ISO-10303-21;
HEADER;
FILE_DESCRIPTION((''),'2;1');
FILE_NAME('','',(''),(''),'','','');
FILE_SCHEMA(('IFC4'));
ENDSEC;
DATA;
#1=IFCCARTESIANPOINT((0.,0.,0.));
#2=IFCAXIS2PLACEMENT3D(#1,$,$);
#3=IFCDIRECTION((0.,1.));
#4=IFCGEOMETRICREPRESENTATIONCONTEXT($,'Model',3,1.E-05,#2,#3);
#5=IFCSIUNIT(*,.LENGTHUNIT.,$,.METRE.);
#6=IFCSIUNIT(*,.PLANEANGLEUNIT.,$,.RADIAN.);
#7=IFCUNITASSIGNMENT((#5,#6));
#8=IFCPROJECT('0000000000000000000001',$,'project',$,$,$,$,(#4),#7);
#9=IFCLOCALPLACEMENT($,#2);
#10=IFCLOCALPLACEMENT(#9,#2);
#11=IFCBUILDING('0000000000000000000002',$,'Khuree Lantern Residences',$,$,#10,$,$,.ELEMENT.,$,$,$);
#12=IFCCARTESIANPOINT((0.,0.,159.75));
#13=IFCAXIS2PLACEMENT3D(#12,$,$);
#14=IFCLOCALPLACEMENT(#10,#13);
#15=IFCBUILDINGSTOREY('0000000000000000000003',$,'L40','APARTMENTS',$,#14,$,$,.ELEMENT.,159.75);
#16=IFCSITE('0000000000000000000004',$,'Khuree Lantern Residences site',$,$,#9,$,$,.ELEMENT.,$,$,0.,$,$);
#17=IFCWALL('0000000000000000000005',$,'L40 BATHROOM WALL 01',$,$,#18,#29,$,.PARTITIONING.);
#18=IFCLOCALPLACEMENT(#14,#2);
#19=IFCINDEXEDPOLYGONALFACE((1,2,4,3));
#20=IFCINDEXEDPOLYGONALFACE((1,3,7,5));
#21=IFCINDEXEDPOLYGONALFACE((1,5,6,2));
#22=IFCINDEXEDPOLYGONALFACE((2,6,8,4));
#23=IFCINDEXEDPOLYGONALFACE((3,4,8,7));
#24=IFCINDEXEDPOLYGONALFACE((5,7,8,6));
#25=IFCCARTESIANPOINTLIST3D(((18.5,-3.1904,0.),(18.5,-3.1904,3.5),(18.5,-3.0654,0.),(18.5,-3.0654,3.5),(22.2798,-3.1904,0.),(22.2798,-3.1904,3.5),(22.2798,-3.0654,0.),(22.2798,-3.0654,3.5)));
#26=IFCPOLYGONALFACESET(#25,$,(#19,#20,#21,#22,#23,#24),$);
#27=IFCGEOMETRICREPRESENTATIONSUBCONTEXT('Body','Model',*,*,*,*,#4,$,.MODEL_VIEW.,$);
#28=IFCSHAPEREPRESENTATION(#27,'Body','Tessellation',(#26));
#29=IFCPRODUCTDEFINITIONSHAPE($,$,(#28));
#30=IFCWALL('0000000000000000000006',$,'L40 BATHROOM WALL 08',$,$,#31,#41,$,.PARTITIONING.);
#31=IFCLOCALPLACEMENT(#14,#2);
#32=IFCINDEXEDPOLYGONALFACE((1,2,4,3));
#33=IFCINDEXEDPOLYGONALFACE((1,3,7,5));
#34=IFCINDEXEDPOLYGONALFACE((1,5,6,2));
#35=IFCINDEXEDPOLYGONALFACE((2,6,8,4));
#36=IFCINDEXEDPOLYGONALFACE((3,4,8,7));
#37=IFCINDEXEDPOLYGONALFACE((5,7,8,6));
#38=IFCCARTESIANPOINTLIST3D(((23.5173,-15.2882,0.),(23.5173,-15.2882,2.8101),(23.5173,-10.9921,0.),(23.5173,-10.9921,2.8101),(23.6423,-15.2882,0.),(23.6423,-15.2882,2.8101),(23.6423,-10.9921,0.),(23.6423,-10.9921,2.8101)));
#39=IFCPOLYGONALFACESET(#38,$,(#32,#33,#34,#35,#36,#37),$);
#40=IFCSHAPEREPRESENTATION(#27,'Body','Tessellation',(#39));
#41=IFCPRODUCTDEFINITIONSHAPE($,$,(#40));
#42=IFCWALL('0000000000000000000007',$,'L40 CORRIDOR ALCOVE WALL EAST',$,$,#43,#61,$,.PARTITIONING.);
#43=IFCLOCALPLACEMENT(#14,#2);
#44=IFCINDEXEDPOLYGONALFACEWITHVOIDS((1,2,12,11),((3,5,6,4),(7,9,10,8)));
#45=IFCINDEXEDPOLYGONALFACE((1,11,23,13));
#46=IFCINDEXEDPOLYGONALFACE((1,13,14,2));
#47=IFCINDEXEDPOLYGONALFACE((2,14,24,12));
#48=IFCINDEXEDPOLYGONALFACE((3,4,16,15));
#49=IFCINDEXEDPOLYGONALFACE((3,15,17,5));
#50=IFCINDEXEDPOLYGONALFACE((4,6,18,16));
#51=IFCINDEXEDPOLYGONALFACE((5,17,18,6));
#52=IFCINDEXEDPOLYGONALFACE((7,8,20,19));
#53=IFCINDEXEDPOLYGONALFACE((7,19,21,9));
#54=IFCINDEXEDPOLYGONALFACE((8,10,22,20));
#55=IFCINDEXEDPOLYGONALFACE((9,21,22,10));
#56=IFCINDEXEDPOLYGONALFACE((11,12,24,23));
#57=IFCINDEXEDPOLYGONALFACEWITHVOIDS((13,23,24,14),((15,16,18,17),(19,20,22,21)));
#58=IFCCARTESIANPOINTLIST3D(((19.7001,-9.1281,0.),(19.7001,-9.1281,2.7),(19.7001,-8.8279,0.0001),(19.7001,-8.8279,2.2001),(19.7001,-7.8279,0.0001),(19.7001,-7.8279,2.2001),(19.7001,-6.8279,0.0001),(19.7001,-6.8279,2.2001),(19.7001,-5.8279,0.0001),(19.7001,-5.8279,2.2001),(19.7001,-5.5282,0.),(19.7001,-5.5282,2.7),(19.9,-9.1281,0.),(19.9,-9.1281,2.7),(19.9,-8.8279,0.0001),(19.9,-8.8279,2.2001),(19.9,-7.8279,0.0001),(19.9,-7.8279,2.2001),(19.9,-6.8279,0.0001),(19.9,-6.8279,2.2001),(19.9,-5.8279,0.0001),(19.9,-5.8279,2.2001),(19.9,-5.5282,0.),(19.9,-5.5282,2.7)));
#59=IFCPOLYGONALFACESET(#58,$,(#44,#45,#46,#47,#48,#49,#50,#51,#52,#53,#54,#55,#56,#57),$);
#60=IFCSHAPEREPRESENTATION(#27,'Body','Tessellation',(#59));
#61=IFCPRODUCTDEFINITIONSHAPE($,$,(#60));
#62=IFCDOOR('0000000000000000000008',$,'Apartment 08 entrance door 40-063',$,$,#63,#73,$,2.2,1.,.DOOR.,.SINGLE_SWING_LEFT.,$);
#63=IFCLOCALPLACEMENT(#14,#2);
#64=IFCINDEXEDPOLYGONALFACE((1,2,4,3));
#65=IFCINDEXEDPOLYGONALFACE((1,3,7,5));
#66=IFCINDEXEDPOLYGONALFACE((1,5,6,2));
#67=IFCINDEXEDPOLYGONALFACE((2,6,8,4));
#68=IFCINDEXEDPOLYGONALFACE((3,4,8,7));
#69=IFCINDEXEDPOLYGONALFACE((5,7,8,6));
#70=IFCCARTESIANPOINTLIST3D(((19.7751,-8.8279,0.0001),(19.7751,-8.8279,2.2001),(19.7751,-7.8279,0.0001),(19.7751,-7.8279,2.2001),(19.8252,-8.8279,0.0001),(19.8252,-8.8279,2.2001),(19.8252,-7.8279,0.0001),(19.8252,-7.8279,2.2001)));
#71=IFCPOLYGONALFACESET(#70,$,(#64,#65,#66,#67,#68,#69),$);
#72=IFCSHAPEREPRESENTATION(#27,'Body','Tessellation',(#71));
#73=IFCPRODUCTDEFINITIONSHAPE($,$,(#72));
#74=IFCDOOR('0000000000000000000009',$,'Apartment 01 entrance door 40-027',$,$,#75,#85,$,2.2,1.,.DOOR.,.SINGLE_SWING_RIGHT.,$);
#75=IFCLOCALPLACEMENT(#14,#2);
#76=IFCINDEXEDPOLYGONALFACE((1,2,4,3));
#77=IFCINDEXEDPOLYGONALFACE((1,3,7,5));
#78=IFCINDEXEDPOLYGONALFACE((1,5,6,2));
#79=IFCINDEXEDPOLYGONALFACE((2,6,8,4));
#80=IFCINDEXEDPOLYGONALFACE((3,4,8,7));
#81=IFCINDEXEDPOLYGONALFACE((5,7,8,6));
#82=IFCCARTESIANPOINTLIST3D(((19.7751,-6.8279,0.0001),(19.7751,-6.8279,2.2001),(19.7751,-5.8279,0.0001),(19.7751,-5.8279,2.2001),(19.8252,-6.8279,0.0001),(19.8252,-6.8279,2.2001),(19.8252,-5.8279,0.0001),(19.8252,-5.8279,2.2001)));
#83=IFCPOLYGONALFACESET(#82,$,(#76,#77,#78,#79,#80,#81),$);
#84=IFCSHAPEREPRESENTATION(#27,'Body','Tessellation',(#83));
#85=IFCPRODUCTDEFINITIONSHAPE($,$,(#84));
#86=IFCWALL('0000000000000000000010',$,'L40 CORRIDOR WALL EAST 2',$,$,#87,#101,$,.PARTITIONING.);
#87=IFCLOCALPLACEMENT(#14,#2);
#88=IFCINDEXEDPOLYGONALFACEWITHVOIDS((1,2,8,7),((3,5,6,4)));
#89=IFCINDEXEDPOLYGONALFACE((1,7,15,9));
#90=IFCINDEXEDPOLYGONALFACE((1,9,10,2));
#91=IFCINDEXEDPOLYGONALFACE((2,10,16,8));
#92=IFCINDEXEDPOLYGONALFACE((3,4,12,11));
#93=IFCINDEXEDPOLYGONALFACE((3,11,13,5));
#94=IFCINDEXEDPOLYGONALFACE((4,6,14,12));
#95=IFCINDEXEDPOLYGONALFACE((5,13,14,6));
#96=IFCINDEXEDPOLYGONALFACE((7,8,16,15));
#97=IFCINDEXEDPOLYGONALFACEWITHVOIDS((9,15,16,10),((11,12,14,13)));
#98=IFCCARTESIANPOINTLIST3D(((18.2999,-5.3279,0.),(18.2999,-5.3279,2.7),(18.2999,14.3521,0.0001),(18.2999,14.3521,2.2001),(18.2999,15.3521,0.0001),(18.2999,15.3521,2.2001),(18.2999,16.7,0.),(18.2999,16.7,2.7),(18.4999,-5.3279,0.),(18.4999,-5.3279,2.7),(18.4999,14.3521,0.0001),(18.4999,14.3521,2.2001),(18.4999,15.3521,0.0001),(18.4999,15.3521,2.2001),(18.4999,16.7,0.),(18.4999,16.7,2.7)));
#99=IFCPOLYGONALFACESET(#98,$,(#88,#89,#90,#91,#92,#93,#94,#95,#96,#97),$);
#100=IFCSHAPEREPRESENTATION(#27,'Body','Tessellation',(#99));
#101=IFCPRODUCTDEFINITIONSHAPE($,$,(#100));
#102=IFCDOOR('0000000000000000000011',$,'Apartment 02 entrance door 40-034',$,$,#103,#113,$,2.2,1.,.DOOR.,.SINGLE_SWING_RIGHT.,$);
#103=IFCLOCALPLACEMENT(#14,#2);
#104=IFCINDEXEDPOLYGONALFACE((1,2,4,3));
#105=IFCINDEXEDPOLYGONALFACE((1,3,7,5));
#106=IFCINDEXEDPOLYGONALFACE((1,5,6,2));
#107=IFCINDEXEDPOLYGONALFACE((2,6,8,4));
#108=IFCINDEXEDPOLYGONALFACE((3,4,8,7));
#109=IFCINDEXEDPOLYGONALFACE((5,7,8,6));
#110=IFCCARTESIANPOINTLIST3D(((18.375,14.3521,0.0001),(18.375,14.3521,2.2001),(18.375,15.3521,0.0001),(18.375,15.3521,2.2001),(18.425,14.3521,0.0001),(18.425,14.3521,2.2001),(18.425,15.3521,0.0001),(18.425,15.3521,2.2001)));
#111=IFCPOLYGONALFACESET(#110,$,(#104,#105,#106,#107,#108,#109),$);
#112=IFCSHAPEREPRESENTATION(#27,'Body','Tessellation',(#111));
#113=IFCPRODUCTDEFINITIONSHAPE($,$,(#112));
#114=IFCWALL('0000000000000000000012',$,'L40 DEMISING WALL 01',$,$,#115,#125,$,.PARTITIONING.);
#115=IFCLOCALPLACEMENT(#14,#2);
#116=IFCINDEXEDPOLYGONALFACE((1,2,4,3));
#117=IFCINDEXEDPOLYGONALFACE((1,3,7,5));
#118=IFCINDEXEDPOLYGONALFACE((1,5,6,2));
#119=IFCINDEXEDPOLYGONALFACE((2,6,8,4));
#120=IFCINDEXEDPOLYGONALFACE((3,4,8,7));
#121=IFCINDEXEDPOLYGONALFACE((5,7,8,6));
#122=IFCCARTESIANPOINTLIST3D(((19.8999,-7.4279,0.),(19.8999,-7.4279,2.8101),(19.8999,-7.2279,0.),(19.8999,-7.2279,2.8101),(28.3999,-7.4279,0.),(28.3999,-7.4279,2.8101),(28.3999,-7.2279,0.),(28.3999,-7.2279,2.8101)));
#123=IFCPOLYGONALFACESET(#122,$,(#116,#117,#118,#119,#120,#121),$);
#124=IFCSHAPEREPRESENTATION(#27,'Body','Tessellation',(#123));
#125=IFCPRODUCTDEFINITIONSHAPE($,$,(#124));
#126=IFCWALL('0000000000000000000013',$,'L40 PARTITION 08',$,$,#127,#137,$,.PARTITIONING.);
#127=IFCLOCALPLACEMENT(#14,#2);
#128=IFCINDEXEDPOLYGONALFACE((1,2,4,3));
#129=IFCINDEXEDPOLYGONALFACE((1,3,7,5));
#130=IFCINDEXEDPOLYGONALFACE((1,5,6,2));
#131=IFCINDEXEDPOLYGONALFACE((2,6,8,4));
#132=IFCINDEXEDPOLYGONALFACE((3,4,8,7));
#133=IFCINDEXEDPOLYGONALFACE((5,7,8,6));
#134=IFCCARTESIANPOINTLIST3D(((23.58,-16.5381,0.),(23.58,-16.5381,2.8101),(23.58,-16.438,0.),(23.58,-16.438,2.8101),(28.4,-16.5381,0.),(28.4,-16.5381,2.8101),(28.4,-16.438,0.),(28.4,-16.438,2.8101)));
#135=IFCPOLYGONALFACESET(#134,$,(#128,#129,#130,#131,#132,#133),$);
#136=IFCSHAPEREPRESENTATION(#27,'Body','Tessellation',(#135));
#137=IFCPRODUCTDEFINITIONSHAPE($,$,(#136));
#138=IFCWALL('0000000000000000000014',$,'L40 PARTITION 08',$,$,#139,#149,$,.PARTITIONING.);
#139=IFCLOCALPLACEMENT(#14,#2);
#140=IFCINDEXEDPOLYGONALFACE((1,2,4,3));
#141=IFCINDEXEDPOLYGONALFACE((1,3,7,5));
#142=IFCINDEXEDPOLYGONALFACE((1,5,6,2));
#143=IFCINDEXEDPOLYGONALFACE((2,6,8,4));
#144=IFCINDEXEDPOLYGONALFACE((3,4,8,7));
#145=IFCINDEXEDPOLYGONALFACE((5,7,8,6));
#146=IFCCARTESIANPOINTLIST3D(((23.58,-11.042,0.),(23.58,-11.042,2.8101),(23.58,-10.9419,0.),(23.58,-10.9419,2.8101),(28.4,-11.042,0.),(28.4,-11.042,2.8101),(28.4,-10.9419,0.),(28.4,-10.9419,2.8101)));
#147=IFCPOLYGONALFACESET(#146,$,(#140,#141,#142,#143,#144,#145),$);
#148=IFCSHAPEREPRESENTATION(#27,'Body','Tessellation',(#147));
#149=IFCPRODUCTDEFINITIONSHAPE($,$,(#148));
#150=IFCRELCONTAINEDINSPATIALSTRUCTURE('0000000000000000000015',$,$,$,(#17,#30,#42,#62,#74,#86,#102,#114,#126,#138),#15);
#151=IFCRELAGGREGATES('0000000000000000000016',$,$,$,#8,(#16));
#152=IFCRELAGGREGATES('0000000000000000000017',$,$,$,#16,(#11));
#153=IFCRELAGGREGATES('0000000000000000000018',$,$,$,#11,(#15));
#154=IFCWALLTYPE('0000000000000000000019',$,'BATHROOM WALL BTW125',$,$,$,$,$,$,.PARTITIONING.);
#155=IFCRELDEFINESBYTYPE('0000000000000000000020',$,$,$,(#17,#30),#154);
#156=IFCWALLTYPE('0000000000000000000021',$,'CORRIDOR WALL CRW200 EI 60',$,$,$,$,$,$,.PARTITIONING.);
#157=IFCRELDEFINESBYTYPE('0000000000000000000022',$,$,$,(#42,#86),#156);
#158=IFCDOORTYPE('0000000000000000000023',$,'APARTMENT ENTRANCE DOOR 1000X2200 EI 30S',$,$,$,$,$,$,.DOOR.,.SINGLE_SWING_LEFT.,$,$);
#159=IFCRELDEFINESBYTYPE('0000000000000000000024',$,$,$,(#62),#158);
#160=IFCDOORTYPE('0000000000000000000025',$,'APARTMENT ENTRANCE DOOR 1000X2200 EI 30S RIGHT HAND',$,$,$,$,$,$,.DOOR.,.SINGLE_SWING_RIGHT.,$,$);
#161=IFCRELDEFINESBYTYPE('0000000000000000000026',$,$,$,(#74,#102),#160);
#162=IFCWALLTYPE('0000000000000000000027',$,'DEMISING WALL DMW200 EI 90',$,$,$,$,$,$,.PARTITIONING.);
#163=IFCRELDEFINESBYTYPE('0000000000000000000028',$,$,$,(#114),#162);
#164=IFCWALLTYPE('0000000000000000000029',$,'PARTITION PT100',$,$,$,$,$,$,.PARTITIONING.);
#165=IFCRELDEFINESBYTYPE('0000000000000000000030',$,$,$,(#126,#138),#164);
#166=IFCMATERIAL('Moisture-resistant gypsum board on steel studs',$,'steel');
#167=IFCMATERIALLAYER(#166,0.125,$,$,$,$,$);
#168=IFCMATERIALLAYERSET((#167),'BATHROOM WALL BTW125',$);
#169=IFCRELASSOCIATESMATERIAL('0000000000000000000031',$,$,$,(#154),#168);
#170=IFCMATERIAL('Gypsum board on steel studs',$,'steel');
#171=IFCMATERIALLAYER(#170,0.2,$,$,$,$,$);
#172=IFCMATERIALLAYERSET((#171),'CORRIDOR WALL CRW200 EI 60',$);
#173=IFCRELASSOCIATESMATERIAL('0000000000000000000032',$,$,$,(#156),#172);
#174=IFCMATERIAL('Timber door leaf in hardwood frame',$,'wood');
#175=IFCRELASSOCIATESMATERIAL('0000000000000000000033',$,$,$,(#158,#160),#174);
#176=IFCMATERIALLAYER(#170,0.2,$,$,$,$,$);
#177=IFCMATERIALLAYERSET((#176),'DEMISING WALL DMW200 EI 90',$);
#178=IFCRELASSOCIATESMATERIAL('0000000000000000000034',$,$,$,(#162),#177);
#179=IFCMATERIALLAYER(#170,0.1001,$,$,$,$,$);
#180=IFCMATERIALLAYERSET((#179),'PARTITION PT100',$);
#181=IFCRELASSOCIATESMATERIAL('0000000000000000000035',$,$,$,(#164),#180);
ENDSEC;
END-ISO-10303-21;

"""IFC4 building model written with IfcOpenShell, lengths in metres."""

from ifc_helpers import new_model, si_unit, direction, frame, frame_2d, origin, place, context, subcontext, project, spatial, rectangle, extrude, material, layer, layer_set, type_object, element, fill, save


model = new_model("IFC4")

# Units and contexts
model_context = context("Model", 3, precision=1e-05, world=origin(), true_north=direction((0.0, 1.0)))
body_context = subcontext(model_context, "Body", "Model", "MODEL_VIEW")
ifc_project = project(units=[si_unit("LENGTHUNIT", "METRE"), si_unit("PLANEANGLEUNIT", "RADIAN")], contexts=[model_context])

# Site, building, storey
site_placement = place(None, origin())
site = spatial("IfcSite", under=ifc_project, at=site_placement, Name="Khuree Lantern Residences site", CompositionType="ELEMENT", RefElevation=0.0)
building_placement = place(site_placement, origin())
building = spatial("IfcBuilding", under=site, at=building_placement, Name="Khuree Lantern Residences", CompositionType="ELEMENT")
storey_placement = place(building_placement, frame((0.0, 0.0, 159.75)))
storey = spatial("IfcBuildingStorey", under=building, at=storey_placement, Name="L40", Description="APARTMENTS", CompositionType="ELEMENT", Elevation=159.75)

# Shared definitions
ifc_material_1 = material(Name="Moisture-resistant gypsum board on steel studs", Category="steel")
ifc_layer_1 = layer(ifc_material_1, 0.125)
ifc_layer_set_1 = layer_set([ifc_layer_1], Name="BATHROOM WALL BTW125")
wall_type_1 = type_object("IfcWallType", Name="BATHROOM WALL BTW125", PredefinedType="PARTITIONING", material=ifc_layer_set_1)
ifc_material_2 = material(Name="Timber door leaf in hardwood frame", Category="wood")

# Walls
wall_1_placement = place(storey_placement, frame((18.5, -3.1279, 0.0), z_axis=(0.0, 0.0, 1.0), x_axis=(1.0, 0.0, 0.0)))
element("IfcWall", 1, at=wall_1_placement, inside=storey, type_object=wall_type_1, Name="L40 BATHROOM WALL 01", PredefinedType="PARTITIONING", context=body_context, shape_type="SweptSolid", body=[
    extrude(rectangle(XDim=3.7798, YDim=0.125, at=frame_2d((1.8899, 0.0))), origin(), (0.0, 0.0, 1.0), 3.5),
])
wall_2_placement = place(storey_placement, frame((23.5798, -15.2881, 0.0), z_axis=(0.0, 0.0, 1.0), x_axis=(0.0, 1.0, 0.0)))
element("IfcWall", 2, at=wall_2_placement, inside=storey, type_object=wall_type_1, Name="L40 BATHROOM WALL 08", PredefinedType="PARTITIONING", context=body_context, shape_type="SweptSolid", body=[
    extrude(rectangle(XDim=4.2961, YDim=0.125, at=frame_2d((2.1479, 0.0))), origin(), (0.0, 0.0, 1.0), 2.8101),
])

# Wall, openings, doors
ifc_material_3 = material(Name="Gypsum board on steel studs", Category="steel")
ifc_layer_2 = layer(ifc_material_3, 0.2)
ifc_layer_set_2 = layer_set([ifc_layer_2], Name="CORRIDOR WALL CRW200 EI 60")
wall_type_2 = type_object("IfcWallType", Name="CORRIDOR WALL CRW200 EI 60", PredefinedType="PARTITIONING", material=ifc_layer_set_2)
wall_3_placement = place(storey_placement, frame((19.8, -9.1279, 0.0), z_axis=(0.0, 0.0, 1.0), x_axis=(0.0, 1.0, 0.0)))
wall_3 = element("IfcWall", 3, at=wall_3_placement, inside=storey, type_object=wall_type_2, Name="L40 CORRIDOR ALCOVE WALL EAST", PredefinedType="PARTITIONING", context=body_context, shape_type="SweptSolid", body=[
    extrude(rectangle(XDim=3.5999, YDim=0.2, at=frame_2d((1.7998, 0.0))), origin(), (0.0, 0.0, 1.0), 2.7),
])
opening_1_placement = place(wall_3_placement, frame((2.3, 0.0, 0.0)))
opening_1 = element("IfcOpeningElement", 4, at=opening_1_placement, cuts=wall_3, PredefinedType="OPENING", context=body_context, shape_type="SweptSolid", body=[
    extrude(rectangle(XDim=1.0, YDim=2.2, at=frame_2d((0.5, 1.1001))), frame((0.0, 0.1099, 0.0), z_axis=(0.0, -1.0, 0.0), x_axis=(1.0, 0.0, 0.0)), (0.0, 0.0, 1.0), 0.22),
])
opening_2_placement = place(wall_3_placement, frame((0.3, 0.0, 0.0)))
opening_2 = element("IfcOpeningElement", 5, at=opening_2_placement, cuts=wall_3, PredefinedType="OPENING", context=body_context, shape_type="SweptSolid", body=[
    extrude(rectangle(XDim=1.0, YDim=2.2, at=frame_2d((0.5, 1.1001))), frame((0.0, 0.1099, 0.0), z_axis=(0.0, -1.0, 0.0), x_axis=(1.0, 0.0, 0.0)), (0.0, 0.0, 1.0), 0.22),
])
door_type_1 = type_object("IfcDoorType", Name="APARTMENT ENTRANCE DOOR 1000X2200 EI 30S", OperationType="SINGLE_SWING_LEFT", PredefinedType="DOOR", material=ifc_material_2)
door_1_placement = place(opening_2_placement, origin())
door_1 = element("IfcDoor", 6, at=door_1_placement, inside=storey, type_object=door_type_1, Name="Apartment 08 entrance door 40-063", OperationType="SINGLE_SWING_LEFT", OverallHeight=2.2, OverallWidth=1.0, PredefinedType="DOOR", context=body_context, shape_type="SweptSolid", body=[
    extrude(rectangle(XDim=1.0, YDim=2.2, at=frame_2d((0.5, 1.1001))), frame((0.0, 0.0249, 0.0), z_axis=(0.0, -1.0, 0.0), x_axis=(1.0, 0.0, 0.0)), (0.0, 0.0, 1.0), 0.05),
])
fill(opening_2, door_1)
door_type_2 = type_object("IfcDoorType", Name="APARTMENT ENTRANCE DOOR 1000X2200 EI 30S RIGHT HAND", OperationType="SINGLE_SWING_RIGHT", PredefinedType="DOOR", material=ifc_material_2)
door_2_placement = place(opening_1_placement, origin())
door_2 = element("IfcDoor", 7, at=door_2_placement, inside=storey, type_object=door_type_2, Name="Apartment 01 entrance door 40-027", OperationType="SINGLE_SWING_RIGHT", OverallHeight=2.2, OverallWidth=1.0, PredefinedType="DOOR", context=body_context, shape_type="SweptSolid", body=[
    extrude(rectangle(XDim=1.0, YDim=2.2, at=frame_2d((0.5, 1.1001))), frame((0.0, 0.0249, 0.0), z_axis=(0.0, -1.0, 0.0), x_axis=(1.0, 0.0, 0.0)), (0.0, 0.0, 1.0), 0.05),
])
fill(opening_1, door_2)

# Wall, opening, door
wall_4_placement = place(storey_placement, frame((18.3999, -5.3279, 0.0), z_axis=(0.0, 0.0, 1.0), x_axis=(0.0, 1.0, 0.0)))
wall_4 = element("IfcWall", 8, at=wall_4_placement, inside=storey, type_object=wall_type_2, Name="L40 CORRIDOR WALL EAST 2", PredefinedType="PARTITIONING", context=body_context, shape_type="SweptSolid", body=[
    extrude(rectangle(XDim=22.0278, YDim=0.2, at=frame_2d((11.0139, 0.0))), origin(), (0.0, 0.0, 1.0), 2.7),
])
opening_3_placement = place(wall_4_placement, frame((19.6799, 0.0, 0.0)))
opening_3 = element("IfcOpeningElement", 9, at=opening_3_placement, cuts=wall_4, PredefinedType="OPENING", context=body_context, shape_type="SweptSolid", body=[
    extrude(rectangle(XDim=1.0, YDim=2.2, at=frame_2d((0.5, 1.1001))), frame((0.0, 0.1099, 0.0), z_axis=(0.0, -1.0, 0.0), x_axis=(1.0, 0.0, 0.0)), (0.0, 0.0, 1.0), 0.22),
])
door_3_placement = place(opening_3_placement, origin())
door_3 = element("IfcDoor", 10, at=door_3_placement, inside=storey, type_object=door_type_2, Name="Apartment 02 entrance door 40-034", OperationType="SINGLE_SWING_RIGHT", OverallHeight=2.2, OverallWidth=1.0, PredefinedType="DOOR", context=body_context, shape_type="SweptSolid", body=[
    extrude(rectangle(XDim=1.0, YDim=2.2, at=frame_2d((0.5, 1.1001))), frame((0.0, 0.0249, 0.0), z_axis=(0.0, -1.0, 0.0), x_axis=(1.0, 0.0, 0.0)), (0.0, 0.0, 1.0), 0.05),
])
fill(opening_3, door_3)

# Walls
ifc_layer_3 = layer(ifc_material_3, 0.2)
ifc_layer_set_3 = layer_set([ifc_layer_3], Name="DEMISING WALL DMW200 EI 90")
wall_type_3 = type_object("IfcWallType", Name="DEMISING WALL DMW200 EI 90", PredefinedType="PARTITIONING", material=ifc_layer_set_3)
wall_5_placement = place(storey_placement, frame((19.8999, -7.3279, 0.0), z_axis=(0.0, 0.0, 1.0), x_axis=(1.0, 0.0, 0.0)))
element("IfcWall", 11, at=wall_5_placement, inside=storey, type_object=wall_type_3, Name="L40 DEMISING WALL 01", PredefinedType="PARTITIONING", context=body_context, shape_type="SweptSolid", body=[
    extrude(rectangle(XDim=8.5, YDim=0.2, at=frame_2d((4.25, 0.0))), origin(), (0.0, 0.0, 1.0), 2.8101),
])
ifc_layer_4 = layer(ifc_material_3, 0.1001)
ifc_layer_set_4 = layer_set([ifc_layer_4], Name="PARTITION PT100")
wall_type_4 = type_object("IfcWallType", Name="PARTITION PT100", PredefinedType="PARTITIONING", material=ifc_layer_set_4)
for number, where, z_axis, x_axis, name in (
    (12, (23.5798, -16.488, 0.0), (0.0, 0.0, 1.0), (1.0, 0.0, 0.0), "L40 PARTITION 08"),
    (13, (23.5798, -10.9919, 0.0), (0.0, 0.0, 1.0), (1.0, 0.0, 0.0), "L40 PARTITION 08"),
):
    element("IfcWall", number, at=place(storey_placement, frame(where, z_axis=z_axis, x_axis=x_axis)), inside=storey, type_object=wall_type_4, Name=name, PredefinedType="PARTITIONING", context=body_context, shape_type="SweptSolid", body=[
        extrude(rectangle(XDim=4.8201, YDim=0.1001, at=frame_2d((2.4102, 0.0))), origin(), (0.0, 0.0, 1.0), 2.8101),
    ])

save(model, "model.ifc")
